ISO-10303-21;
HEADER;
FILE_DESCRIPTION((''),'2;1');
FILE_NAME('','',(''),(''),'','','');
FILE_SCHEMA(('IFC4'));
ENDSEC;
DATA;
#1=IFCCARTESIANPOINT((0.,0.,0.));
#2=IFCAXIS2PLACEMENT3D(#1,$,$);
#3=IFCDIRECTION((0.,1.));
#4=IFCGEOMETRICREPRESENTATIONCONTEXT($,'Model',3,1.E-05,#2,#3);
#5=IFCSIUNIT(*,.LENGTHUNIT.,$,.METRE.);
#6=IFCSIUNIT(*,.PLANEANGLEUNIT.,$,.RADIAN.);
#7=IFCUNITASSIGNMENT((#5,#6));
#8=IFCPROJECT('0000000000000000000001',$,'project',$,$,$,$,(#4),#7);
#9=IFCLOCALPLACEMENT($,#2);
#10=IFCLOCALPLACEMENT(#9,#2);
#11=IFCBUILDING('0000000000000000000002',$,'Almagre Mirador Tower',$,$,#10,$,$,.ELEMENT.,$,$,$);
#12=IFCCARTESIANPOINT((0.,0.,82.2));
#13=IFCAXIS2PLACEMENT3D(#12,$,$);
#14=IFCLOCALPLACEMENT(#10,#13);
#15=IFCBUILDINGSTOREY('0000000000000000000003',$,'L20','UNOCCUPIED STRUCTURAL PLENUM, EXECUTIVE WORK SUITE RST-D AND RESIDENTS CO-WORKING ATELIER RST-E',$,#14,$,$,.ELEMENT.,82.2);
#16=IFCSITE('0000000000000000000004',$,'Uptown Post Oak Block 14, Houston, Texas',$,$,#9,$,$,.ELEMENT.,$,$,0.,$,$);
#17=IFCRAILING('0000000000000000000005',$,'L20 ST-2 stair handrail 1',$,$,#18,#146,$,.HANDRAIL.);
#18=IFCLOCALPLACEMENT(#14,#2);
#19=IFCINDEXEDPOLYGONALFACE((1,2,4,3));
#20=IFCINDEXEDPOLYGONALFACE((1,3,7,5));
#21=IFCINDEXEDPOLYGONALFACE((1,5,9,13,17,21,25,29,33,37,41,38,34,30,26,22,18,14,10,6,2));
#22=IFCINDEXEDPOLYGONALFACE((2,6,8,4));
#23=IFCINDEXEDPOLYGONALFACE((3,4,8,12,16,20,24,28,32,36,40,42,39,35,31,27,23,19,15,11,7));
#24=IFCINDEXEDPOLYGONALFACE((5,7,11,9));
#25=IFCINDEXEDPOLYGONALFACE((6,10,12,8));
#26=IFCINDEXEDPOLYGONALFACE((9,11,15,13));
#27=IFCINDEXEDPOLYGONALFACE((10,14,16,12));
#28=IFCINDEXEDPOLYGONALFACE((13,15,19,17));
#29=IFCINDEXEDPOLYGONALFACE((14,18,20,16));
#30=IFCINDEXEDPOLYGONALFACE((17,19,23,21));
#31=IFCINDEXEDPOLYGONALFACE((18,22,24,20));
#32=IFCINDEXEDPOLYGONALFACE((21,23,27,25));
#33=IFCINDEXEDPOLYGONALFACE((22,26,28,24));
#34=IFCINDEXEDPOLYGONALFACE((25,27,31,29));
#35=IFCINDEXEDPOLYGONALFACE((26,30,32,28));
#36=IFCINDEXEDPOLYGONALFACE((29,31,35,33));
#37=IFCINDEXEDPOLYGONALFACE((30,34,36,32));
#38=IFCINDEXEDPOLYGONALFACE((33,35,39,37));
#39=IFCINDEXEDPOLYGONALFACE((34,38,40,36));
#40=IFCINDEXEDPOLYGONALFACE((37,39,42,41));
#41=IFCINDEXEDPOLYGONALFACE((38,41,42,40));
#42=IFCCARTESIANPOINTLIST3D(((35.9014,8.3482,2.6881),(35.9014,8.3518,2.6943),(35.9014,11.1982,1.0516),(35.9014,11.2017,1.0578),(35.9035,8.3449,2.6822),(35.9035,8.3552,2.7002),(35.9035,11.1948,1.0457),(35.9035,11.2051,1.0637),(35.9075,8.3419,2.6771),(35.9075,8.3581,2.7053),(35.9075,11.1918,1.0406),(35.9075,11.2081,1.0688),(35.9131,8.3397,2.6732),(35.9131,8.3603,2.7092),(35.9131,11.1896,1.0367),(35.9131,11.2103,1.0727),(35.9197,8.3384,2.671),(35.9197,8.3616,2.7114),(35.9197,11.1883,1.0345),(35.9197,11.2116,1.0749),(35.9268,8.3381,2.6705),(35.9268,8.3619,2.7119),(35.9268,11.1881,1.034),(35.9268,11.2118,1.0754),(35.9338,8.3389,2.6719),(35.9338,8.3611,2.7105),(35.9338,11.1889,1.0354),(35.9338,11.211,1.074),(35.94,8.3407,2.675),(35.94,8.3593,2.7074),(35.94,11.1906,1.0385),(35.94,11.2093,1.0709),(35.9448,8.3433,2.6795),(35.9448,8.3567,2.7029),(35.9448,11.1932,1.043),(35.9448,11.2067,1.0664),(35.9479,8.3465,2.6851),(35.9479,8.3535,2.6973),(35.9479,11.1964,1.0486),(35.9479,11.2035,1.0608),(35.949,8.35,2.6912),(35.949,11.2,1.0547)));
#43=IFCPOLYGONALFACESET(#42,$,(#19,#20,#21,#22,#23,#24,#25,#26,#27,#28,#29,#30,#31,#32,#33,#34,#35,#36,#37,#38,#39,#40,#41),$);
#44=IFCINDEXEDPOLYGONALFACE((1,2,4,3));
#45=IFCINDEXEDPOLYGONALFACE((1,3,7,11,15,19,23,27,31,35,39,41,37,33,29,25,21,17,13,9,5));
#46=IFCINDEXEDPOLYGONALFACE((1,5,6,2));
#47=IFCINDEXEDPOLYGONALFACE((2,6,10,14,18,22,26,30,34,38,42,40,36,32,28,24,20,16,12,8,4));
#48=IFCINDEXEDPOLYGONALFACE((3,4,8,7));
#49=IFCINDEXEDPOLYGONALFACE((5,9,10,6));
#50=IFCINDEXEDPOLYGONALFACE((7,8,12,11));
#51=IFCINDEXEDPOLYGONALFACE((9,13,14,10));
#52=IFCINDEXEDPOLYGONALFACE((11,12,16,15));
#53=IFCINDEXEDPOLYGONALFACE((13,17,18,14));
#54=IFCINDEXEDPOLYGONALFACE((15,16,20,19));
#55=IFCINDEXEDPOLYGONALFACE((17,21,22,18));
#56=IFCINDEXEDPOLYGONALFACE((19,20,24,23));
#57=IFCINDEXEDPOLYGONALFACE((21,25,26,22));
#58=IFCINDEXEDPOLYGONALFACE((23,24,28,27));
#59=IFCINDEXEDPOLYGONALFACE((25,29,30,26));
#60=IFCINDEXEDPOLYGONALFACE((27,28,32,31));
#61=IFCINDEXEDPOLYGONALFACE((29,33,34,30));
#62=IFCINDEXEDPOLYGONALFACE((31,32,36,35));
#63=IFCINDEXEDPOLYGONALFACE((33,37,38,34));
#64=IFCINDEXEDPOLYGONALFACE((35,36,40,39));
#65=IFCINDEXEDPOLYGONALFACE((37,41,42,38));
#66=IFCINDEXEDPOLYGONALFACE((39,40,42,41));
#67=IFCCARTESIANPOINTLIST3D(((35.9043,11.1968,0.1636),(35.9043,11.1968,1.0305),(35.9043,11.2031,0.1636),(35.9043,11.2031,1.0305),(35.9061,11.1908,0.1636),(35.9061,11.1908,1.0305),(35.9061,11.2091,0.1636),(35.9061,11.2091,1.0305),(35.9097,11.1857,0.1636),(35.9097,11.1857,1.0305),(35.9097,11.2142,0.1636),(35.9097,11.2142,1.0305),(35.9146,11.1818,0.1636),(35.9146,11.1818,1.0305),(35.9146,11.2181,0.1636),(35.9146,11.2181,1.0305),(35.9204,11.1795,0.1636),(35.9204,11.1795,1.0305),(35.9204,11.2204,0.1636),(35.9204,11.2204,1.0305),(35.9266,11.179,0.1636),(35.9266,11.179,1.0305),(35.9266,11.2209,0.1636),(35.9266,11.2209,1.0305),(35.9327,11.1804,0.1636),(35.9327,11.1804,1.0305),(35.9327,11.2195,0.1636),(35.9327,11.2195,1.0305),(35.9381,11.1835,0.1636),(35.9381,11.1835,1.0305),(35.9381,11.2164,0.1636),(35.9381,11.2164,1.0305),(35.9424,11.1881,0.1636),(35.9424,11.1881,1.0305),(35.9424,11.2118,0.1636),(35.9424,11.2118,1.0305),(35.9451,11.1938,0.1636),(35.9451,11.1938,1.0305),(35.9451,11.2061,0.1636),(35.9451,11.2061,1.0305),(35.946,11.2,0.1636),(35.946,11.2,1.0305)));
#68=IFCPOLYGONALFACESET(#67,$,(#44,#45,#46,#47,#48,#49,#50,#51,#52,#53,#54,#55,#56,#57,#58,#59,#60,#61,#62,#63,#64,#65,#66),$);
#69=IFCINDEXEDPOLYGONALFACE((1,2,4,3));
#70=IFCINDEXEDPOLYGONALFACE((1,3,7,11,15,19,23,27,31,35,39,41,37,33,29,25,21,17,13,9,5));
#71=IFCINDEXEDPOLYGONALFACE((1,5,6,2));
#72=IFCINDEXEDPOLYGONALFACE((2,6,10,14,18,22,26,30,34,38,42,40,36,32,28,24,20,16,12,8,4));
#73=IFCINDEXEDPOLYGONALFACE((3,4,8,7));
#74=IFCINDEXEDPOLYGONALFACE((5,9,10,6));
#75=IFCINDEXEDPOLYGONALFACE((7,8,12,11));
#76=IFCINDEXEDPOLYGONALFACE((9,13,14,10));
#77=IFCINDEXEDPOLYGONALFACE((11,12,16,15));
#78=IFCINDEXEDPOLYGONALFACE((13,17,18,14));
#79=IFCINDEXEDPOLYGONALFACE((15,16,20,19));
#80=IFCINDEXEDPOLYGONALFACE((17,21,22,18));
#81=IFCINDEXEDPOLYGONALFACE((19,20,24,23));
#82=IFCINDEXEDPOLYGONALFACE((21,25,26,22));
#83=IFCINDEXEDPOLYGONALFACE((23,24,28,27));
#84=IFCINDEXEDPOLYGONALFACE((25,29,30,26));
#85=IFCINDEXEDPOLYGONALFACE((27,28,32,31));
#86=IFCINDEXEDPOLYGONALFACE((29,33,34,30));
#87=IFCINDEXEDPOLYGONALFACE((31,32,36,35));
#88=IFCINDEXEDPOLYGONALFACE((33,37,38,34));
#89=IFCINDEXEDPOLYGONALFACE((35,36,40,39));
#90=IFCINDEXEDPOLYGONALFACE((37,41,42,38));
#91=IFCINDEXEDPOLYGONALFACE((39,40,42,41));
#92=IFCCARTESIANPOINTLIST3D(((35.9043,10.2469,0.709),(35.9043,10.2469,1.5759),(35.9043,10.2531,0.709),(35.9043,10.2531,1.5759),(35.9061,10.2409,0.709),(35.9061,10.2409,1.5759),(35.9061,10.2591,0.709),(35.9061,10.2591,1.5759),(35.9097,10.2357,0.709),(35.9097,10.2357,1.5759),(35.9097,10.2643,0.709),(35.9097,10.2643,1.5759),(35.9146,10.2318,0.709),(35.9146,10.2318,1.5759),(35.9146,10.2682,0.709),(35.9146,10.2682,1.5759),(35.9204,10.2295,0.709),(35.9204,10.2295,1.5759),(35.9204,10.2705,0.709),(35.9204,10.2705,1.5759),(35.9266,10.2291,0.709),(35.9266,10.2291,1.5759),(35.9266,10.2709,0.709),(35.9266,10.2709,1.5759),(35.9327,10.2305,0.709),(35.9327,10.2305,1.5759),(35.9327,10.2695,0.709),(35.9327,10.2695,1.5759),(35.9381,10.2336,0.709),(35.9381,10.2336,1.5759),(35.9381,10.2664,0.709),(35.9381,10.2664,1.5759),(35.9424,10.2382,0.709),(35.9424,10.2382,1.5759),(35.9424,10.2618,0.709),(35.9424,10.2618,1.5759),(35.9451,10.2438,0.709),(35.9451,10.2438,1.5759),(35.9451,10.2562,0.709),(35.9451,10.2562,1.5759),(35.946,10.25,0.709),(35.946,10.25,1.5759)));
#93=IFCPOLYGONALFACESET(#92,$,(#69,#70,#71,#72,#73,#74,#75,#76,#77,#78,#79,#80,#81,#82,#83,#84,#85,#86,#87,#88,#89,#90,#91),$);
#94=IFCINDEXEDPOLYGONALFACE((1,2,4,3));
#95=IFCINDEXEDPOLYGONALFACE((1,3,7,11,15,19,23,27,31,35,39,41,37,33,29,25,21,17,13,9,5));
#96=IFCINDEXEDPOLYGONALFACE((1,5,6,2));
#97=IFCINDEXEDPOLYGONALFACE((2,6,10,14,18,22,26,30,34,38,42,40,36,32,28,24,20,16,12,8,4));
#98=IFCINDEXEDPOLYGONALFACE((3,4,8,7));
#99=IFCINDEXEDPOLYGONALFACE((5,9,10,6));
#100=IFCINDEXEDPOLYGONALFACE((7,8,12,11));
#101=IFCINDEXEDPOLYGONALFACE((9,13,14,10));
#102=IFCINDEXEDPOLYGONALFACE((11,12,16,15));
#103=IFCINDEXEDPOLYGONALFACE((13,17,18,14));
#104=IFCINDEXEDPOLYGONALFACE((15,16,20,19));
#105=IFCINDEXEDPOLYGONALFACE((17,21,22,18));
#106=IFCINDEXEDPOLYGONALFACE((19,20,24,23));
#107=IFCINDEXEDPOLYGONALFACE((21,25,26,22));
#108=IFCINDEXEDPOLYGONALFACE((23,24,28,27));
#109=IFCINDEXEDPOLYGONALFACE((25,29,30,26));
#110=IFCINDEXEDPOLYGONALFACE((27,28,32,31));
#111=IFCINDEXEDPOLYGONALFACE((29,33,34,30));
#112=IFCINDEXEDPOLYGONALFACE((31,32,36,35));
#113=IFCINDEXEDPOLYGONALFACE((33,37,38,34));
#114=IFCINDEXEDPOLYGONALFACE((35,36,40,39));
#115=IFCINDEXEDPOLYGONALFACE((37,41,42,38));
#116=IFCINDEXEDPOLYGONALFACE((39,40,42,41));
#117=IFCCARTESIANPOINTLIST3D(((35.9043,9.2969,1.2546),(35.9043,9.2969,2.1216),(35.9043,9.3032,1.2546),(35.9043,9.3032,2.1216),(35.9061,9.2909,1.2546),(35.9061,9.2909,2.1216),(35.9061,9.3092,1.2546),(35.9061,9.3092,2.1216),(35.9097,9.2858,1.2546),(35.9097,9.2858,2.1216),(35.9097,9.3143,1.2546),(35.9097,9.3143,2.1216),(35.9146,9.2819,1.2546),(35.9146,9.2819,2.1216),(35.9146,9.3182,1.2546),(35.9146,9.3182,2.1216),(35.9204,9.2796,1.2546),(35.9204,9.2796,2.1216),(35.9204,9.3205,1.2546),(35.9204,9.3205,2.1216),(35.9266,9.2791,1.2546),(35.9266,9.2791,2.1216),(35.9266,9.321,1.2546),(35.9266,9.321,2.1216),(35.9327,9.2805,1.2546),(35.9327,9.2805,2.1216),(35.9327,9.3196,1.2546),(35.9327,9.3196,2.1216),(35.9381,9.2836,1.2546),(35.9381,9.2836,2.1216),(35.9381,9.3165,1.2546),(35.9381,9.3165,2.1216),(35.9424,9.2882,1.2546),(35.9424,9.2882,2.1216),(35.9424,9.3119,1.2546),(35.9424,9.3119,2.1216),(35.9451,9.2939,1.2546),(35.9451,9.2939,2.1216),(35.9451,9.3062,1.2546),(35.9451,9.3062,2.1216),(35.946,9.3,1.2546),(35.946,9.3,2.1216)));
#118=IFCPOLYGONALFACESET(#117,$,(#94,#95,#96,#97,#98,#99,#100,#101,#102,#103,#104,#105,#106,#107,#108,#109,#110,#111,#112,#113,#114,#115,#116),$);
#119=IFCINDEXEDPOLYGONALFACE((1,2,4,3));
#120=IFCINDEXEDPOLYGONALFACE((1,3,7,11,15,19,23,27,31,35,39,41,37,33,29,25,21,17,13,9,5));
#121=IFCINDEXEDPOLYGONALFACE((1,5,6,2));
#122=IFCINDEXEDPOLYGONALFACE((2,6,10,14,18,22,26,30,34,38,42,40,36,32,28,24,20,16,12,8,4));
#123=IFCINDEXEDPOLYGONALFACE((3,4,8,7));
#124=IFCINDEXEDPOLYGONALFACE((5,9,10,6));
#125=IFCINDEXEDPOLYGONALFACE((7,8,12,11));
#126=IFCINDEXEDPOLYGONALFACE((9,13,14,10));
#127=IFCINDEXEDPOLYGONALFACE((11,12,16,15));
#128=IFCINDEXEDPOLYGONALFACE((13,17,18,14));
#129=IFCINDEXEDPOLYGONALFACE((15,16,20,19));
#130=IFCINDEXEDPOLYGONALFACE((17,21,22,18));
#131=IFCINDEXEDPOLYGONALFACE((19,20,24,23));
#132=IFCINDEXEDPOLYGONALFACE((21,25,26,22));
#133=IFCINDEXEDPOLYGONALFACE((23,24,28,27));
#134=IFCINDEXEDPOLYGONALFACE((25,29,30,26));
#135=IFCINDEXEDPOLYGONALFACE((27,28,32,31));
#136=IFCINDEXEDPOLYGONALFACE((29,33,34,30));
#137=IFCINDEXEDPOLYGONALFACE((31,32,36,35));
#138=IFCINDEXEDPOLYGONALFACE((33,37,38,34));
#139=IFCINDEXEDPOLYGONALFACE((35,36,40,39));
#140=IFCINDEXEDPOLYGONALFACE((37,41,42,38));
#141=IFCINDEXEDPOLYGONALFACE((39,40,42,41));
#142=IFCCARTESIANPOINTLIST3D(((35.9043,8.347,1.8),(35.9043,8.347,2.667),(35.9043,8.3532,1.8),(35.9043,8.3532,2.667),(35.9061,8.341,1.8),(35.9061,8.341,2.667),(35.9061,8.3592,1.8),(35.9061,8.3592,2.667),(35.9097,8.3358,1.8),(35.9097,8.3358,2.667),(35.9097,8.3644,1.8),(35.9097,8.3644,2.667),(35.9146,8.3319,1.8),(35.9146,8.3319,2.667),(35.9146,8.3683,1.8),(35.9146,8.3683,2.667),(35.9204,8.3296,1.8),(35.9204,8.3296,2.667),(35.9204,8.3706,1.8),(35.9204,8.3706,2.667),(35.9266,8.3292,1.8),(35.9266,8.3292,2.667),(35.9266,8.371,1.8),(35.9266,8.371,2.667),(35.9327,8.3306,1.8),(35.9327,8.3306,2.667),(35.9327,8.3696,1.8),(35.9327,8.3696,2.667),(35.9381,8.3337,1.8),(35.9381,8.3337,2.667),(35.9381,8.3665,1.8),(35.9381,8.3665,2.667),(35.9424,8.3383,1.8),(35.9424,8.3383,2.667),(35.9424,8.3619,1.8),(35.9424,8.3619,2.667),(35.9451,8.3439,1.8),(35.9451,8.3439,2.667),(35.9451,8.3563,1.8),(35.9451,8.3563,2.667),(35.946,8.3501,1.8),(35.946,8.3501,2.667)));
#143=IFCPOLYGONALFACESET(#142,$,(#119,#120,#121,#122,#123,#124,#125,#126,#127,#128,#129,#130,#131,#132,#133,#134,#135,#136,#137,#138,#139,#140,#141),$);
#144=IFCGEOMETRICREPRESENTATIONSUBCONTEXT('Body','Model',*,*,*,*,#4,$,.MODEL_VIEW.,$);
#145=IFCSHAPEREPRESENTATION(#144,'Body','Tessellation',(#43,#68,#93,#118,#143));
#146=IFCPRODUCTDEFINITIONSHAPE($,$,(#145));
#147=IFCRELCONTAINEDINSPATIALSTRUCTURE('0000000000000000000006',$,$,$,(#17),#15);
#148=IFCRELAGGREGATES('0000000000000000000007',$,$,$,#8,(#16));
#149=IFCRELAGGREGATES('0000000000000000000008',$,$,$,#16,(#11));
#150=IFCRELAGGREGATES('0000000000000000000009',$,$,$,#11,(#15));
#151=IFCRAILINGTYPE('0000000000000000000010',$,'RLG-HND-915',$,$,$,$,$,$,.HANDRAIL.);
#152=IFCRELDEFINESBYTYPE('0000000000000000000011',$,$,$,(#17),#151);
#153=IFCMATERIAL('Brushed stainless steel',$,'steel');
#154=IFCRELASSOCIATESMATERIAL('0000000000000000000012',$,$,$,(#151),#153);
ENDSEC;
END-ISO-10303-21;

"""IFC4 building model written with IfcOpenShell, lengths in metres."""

from ifc_helpers import new_model, si_unit, direction, frame, origin, origin_2d, place, context, subcontext, project, spatial, circle, extrude, material, type_object, element, save


model = new_model("IFC4")

# Units and contexts
model_context = context("Model", 3, precision=1e-05, world=origin(), true_north=direction((0.0, 1.0)))
body_context = subcontext(model_context, "Body", "Model", "MODEL_VIEW")
ifc_project = project(units=[si_unit("LENGTHUNIT", "METRE"), si_unit("PLANEANGLEUNIT", "RADIAN")], contexts=[model_context])

# Site, building, storey
site_placement = place(None, origin())
site = spatial("IfcSite", under=ifc_project, at=site_placement, Name="Uptown Post Oak Block 14, Houston, Texas", CompositionType="ELEMENT", RefElevation=0.0)
building_placement = place(site_placement, origin())
building = spatial("IfcBuilding", under=site, at=building_placement, Name="Almagre Mirador Tower", CompositionType="ELEMENT")
storey_placement = place(building_placement, frame((0.0, 0.0, 82.2)))
storey = spatial("IfcBuildingStorey", under=building, at=storey_placement, Name="L20", Description="UNOCCUPIED STRUCTURAL PLENUM, EXECUTIVE WORK SUITE RST-D AND RESIDENTS CO-WORKING ATELIER RST-E", CompositionType="ELEMENT", Elevation=82.2)

# Railing
ifc_material_1 = material(Name="Brushed stainless steel", Category="steel")
railing_type_1 = type_object("IfcRailingType", Name="RLG-HND-915", PredefinedType="HANDRAIL", material=ifc_material_1)
railing_1_placement = place(storey_placement, frame((35.925, 11.2, 0.1636)))
element("IfcRailing", 1, at=railing_1_placement, inside=storey, type_object=railing_type_1, Name="L20 ST-2 stair handrail 1", PredefinedType="HANDRAIL", context=body_context, shape_type="SweptSolid", body=[
    extrude(circle(Radius=0.0239, at=origin_2d()), frame((0.0, 0.0, 0.8911), z_axis=(0.0, -0.867194, 0.49797), x_axis=(1.0, 0.0, 0.0)), (0.0, 0.0, 1.0), 3.2864),
    extrude(circle(Radius=0.021, at=origin_2d()), origin(), (0.0, 0.0, 1.0), 0.8669),
    extrude(circle(Radius=0.021, at=origin_2d()), frame((0.0, -0.95, 0.5454)), (0.0, 0.0, 1.0), 0.8669),
    extrude(circle(Radius=0.021, at=origin_2d()), frame((0.0, -1.8999, 1.0911)), (0.0, 0.0, 1.0), 0.8669),
    extrude(circle(Radius=0.021, at=origin_2d()), frame((0.0, -2.8499, 1.6365)), (0.0, 0.0, 1.0), 0.8669),
])

save(model, "model.ifc")
